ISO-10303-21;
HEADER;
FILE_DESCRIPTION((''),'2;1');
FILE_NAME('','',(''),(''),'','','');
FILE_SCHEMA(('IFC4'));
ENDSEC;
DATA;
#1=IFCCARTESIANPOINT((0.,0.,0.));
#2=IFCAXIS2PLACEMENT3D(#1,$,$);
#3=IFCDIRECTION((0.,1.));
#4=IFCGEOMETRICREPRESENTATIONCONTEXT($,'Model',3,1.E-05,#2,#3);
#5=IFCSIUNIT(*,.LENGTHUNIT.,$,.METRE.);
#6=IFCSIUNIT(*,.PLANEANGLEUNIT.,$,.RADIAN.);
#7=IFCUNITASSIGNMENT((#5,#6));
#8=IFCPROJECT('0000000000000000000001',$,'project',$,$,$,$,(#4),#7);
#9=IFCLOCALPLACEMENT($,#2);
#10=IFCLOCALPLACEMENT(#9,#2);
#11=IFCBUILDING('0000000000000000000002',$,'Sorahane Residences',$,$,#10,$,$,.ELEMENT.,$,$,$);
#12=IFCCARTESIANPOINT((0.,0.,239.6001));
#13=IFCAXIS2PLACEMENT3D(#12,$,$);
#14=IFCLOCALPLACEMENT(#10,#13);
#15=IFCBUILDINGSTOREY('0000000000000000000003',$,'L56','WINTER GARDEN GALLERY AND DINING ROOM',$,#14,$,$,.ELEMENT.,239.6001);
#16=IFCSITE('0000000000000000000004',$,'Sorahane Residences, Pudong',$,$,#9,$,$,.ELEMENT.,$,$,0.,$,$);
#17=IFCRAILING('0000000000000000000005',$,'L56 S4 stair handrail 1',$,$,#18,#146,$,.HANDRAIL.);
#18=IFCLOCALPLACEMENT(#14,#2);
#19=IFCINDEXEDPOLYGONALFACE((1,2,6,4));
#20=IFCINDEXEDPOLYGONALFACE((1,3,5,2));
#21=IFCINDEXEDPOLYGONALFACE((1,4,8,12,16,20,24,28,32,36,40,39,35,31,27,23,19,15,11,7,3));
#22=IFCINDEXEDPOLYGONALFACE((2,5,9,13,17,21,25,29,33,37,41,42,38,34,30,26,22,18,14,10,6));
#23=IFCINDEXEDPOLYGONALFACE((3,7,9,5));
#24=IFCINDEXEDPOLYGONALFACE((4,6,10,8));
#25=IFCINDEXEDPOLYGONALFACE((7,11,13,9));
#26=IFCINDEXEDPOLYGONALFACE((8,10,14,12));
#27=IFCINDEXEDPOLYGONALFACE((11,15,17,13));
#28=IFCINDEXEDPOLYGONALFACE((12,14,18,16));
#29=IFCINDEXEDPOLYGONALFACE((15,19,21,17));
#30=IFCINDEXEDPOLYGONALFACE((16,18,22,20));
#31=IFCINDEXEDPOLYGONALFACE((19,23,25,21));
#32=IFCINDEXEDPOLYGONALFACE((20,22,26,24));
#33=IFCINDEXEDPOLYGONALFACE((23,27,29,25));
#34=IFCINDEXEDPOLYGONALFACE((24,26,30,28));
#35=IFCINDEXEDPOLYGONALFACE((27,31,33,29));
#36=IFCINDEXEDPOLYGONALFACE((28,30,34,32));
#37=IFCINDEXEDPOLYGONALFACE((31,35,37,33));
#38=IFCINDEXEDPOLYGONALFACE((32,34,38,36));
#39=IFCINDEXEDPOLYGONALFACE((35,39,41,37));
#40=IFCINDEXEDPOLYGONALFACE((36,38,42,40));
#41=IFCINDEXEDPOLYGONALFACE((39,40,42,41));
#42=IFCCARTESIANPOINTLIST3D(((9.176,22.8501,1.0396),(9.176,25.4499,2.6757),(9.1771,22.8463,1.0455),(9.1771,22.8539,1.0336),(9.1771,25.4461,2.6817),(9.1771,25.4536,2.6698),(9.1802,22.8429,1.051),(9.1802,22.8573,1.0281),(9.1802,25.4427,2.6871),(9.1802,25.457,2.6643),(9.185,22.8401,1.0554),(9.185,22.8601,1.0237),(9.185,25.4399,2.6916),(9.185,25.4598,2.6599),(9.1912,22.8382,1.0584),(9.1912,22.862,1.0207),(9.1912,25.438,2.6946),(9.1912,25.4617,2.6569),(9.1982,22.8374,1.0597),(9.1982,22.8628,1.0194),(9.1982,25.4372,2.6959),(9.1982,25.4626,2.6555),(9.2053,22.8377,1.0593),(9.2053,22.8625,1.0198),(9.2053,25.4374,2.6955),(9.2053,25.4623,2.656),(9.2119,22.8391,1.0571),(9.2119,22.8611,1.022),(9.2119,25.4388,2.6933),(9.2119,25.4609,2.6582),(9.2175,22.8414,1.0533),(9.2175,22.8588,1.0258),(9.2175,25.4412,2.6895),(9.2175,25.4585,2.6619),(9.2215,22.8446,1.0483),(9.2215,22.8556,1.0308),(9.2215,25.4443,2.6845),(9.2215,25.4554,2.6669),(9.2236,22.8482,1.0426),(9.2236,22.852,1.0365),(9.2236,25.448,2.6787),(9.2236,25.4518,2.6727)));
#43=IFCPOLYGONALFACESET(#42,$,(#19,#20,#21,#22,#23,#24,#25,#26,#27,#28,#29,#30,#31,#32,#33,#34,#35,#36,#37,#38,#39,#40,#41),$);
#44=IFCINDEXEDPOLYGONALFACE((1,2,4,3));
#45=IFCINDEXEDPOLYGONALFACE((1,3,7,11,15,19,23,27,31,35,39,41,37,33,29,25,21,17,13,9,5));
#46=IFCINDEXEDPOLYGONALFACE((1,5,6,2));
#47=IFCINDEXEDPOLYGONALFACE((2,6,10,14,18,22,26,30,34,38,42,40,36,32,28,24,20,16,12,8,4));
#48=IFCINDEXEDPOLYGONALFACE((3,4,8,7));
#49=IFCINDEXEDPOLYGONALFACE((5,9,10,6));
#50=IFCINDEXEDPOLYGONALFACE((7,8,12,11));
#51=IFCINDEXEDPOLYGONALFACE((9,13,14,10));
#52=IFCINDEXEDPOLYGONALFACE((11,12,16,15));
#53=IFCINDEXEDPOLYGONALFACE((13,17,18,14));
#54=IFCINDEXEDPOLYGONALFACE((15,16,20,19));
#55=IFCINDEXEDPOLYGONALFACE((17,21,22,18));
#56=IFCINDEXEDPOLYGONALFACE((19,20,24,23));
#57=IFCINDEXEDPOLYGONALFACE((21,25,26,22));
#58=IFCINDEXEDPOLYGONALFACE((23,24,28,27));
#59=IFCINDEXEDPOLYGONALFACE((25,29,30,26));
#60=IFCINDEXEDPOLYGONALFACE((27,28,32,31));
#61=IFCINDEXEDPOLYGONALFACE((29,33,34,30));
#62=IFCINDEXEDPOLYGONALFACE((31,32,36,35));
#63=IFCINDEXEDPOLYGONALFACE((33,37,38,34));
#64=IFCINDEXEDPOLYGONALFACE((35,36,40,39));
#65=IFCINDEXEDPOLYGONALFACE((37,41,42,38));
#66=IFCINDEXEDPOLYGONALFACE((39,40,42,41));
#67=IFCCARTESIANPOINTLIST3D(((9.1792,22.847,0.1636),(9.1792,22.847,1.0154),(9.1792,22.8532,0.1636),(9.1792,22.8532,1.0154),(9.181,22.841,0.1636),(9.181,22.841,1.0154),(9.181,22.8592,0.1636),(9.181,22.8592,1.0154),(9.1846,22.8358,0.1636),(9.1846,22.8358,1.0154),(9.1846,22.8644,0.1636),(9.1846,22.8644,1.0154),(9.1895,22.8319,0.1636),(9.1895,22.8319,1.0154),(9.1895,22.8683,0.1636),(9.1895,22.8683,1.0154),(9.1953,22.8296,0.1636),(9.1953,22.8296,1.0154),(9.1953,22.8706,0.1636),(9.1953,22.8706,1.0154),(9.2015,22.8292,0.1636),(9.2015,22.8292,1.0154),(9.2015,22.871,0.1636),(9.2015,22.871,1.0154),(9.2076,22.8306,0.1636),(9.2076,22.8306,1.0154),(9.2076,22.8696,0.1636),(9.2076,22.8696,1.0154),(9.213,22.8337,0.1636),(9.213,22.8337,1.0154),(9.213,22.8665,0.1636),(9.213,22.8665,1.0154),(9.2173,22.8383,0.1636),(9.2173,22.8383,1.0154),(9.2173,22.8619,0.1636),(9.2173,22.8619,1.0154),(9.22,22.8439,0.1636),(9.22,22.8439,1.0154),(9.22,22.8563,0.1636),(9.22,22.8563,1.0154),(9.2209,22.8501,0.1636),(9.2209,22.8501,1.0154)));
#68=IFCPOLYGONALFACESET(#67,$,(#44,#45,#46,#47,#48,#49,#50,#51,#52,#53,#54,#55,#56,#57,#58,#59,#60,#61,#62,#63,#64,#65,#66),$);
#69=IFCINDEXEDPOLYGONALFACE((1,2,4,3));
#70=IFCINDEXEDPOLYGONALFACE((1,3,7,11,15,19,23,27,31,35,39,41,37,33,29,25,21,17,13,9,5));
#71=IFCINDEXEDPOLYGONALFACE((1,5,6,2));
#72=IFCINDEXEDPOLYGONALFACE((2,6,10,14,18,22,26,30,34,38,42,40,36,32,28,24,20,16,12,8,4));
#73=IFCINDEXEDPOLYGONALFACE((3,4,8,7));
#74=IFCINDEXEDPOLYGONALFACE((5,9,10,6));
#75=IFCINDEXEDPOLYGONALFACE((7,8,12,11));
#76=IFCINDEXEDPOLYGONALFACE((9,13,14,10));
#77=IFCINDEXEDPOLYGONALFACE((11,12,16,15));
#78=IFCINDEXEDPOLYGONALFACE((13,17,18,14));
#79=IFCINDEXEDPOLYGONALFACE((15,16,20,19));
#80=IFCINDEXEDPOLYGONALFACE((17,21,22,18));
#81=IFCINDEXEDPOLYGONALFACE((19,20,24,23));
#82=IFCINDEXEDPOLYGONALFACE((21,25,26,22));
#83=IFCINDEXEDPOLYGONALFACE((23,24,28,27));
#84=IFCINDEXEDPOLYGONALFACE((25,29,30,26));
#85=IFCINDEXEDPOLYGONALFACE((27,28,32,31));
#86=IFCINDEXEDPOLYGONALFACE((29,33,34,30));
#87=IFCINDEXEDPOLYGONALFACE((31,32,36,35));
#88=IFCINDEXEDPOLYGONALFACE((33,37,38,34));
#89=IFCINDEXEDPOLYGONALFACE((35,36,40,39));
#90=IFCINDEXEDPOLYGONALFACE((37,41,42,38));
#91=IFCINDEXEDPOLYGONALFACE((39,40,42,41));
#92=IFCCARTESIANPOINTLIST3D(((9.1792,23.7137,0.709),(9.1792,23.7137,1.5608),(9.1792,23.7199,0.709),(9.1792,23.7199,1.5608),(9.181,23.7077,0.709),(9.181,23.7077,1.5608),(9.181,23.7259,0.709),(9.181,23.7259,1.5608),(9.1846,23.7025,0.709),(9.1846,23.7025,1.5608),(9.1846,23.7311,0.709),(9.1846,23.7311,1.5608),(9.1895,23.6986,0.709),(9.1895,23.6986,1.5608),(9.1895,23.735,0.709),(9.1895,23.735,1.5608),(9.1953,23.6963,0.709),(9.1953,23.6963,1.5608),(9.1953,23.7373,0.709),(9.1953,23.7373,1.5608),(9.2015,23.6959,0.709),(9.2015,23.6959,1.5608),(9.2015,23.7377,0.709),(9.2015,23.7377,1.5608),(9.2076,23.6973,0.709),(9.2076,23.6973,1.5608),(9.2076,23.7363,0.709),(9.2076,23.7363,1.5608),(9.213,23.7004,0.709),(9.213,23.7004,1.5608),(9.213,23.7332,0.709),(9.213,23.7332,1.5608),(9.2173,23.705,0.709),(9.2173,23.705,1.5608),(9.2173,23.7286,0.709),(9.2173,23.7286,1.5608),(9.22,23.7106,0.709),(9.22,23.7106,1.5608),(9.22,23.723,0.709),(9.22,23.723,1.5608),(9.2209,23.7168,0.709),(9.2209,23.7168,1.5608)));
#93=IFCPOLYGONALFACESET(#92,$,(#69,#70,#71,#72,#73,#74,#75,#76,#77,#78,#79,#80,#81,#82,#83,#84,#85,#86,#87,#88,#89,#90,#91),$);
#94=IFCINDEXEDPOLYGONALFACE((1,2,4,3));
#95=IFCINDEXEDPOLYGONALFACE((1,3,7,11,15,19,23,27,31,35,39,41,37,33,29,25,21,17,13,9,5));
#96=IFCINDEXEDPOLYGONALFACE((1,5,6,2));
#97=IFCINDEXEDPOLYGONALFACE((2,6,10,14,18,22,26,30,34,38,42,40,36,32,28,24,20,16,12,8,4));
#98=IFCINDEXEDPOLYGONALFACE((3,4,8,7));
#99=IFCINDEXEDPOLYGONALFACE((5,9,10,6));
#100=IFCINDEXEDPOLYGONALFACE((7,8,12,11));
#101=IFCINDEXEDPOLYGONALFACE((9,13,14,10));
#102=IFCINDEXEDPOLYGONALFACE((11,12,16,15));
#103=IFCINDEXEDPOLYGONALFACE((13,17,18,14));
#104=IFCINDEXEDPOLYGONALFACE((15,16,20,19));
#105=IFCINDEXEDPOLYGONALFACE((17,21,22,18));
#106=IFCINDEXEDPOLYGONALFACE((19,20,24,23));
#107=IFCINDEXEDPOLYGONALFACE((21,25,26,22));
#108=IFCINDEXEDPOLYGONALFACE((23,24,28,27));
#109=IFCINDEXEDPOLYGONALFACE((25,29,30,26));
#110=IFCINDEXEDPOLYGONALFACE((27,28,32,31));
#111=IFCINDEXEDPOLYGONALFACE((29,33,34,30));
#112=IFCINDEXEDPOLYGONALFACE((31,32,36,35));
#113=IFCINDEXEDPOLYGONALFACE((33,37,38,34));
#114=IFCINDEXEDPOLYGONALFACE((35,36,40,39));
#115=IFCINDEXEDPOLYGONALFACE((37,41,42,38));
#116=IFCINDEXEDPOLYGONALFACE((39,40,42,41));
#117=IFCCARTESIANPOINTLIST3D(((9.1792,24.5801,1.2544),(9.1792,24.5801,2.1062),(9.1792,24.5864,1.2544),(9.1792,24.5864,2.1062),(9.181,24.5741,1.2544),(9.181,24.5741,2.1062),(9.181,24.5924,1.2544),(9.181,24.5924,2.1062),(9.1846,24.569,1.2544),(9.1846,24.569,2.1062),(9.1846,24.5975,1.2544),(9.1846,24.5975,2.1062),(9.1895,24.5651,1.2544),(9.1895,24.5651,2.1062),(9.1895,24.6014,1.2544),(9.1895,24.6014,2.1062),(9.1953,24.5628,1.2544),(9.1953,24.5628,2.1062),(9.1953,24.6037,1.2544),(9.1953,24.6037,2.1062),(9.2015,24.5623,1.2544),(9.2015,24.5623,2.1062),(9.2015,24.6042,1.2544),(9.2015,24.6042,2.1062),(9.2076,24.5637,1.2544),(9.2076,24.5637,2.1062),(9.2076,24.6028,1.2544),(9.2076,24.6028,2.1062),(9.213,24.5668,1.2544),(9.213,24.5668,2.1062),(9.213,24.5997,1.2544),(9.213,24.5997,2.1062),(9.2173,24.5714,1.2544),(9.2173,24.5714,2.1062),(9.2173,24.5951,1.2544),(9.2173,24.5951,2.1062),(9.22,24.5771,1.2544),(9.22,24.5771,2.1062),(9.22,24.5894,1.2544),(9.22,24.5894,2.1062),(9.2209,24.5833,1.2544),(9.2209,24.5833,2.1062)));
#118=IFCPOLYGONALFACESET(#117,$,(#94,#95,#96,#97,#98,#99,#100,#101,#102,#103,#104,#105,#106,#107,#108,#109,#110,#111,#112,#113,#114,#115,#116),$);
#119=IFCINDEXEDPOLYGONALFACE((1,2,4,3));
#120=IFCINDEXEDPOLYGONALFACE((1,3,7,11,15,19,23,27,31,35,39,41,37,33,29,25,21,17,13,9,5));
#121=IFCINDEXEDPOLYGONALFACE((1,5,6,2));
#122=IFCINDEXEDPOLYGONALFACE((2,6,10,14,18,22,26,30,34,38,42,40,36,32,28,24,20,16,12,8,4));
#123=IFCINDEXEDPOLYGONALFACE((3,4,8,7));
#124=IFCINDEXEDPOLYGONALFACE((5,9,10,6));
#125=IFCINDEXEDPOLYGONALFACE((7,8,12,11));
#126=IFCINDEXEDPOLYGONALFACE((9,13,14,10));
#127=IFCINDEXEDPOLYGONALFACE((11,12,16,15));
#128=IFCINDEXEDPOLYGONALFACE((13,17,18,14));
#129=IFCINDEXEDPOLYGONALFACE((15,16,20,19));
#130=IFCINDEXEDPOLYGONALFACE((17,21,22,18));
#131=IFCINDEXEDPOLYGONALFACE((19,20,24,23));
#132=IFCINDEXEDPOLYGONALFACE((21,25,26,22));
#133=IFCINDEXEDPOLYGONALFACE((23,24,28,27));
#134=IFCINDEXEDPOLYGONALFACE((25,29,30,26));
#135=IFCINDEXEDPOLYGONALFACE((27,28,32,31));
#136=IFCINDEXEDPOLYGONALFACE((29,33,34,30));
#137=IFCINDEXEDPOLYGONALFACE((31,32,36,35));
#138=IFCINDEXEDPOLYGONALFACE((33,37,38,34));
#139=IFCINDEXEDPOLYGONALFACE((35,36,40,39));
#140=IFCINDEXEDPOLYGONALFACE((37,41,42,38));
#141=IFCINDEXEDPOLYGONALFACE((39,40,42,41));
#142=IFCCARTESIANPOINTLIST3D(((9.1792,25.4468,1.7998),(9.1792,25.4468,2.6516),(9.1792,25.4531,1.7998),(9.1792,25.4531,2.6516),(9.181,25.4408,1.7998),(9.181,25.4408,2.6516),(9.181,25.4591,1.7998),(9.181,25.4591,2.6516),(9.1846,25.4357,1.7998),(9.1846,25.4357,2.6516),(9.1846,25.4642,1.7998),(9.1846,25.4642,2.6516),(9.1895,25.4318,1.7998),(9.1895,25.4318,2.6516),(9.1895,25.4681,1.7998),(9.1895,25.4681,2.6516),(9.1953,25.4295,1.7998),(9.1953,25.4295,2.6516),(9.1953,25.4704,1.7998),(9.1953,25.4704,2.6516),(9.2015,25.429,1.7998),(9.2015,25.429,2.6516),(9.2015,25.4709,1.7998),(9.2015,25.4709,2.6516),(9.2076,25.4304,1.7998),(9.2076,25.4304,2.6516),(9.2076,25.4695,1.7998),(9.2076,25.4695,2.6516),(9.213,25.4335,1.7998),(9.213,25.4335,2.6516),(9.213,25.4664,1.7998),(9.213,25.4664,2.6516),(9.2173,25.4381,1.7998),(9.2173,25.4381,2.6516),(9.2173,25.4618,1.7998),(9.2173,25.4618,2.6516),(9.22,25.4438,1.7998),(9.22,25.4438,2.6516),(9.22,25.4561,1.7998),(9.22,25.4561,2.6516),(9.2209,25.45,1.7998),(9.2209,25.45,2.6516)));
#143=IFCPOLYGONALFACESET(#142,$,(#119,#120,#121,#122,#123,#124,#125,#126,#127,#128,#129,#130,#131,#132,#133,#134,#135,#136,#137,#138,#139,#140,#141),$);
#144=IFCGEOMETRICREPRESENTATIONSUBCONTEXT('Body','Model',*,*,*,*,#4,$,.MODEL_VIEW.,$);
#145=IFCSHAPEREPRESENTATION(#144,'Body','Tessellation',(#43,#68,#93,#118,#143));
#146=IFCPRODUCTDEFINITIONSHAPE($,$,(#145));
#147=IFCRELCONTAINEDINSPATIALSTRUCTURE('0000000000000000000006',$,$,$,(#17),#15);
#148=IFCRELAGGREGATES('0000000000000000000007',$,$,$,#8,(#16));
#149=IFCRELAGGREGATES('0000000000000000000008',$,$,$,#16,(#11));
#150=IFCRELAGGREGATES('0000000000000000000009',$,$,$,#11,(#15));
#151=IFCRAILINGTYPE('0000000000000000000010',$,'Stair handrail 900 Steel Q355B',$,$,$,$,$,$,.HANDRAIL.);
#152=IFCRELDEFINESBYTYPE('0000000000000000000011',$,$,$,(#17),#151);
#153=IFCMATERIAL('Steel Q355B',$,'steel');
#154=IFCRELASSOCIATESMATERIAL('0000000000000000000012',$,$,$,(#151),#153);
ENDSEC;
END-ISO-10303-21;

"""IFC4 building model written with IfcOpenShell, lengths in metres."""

from ifc_helpers import new_model, si_unit, direction, frame, origin, origin_2d, place, context, subcontext, project, spatial, circle, extrude, material, type_object, element, save


model = new_model("IFC4")

# Units and contexts
model_context = context("Model", 3, precision=1e-05, world=origin(), true_north=direction((0.0, 1.0)))
body_context = subcontext(model_context, "Body", "Model", "MODEL_VIEW")
ifc_project = project(units=[si_unit("LENGTHUNIT", "METRE"), si_unit("PLANEANGLEUNIT", "RADIAN")], contexts=[model_context])

# Site, building, storey
site_placement = place(None, origin())
site = spatial("IfcSite", under=ifc_project, at=site_placement, Name="Sorahane Residences, Pudong", CompositionType="ELEMENT", RefElevation=0.0)
building_placement = place(site_placement, origin())
building = spatial("IfcBuilding", under=site, at=building_placement, Name="Sorahane Residences", CompositionType="ELEMENT")
storey_placement = place(building_placement, frame((0.0, 0.0, 239.6001)))
storey = spatial("IfcBuildingStorey", under=building, at=storey_placement, Name="L56", Description="WINTER GARDEN GALLERY AND DINING ROOM", CompositionType="ELEMENT", Elevation=239.6001)

# Railing
ifc_material_1 = material(Name="Steel Q355B", Category="steel")
railing_type_1 = type_object("IfcRailingType", Name="Stair handrail 900 Steel Q355B", PredefinedType="HANDRAIL", material=ifc_material_1)
railing_1_placement = place(storey_placement, frame((9.2, 22.8501, 0.1636)))
element("IfcRailing", 1, at=railing_1_placement, inside=storey, type_object=railing_type_1, Name="L56 S4 stair handrail 1", PredefinedType="HANDRAIL", context=body_context, shape_type="SweptSolid", body=[
    extrude(circle(Radius=0.0239, at=origin_2d()), frame((0.0, 0.0, 0.876), z_axis=(0.0, 0.846338, 0.532647), x_axis=(-1.0, 0.0, 0.0)), (0.0, 0.0, 1.0), 3.0718),
    extrude(circle(Radius=0.021, at=origin_2d()), origin(), (0.0, 0.0, 1.0), 0.8518),
    extrude(circle(Radius=0.021, at=origin_2d()), frame((0.0, 0.8667, 0.5454)), (0.0, 0.0, 1.0), 0.8518),
    extrude(circle(Radius=0.021, at=origin_2d()), frame((0.0, 1.7332, 1.0908)), (0.0, 0.0, 1.0), 0.8518),
    extrude(circle(Radius=0.021, at=origin_2d()), frame((0.0, 2.5999, 1.6362)), (0.0, 0.0, 1.0), 0.8518),
])

save(model, "model.ifc")
